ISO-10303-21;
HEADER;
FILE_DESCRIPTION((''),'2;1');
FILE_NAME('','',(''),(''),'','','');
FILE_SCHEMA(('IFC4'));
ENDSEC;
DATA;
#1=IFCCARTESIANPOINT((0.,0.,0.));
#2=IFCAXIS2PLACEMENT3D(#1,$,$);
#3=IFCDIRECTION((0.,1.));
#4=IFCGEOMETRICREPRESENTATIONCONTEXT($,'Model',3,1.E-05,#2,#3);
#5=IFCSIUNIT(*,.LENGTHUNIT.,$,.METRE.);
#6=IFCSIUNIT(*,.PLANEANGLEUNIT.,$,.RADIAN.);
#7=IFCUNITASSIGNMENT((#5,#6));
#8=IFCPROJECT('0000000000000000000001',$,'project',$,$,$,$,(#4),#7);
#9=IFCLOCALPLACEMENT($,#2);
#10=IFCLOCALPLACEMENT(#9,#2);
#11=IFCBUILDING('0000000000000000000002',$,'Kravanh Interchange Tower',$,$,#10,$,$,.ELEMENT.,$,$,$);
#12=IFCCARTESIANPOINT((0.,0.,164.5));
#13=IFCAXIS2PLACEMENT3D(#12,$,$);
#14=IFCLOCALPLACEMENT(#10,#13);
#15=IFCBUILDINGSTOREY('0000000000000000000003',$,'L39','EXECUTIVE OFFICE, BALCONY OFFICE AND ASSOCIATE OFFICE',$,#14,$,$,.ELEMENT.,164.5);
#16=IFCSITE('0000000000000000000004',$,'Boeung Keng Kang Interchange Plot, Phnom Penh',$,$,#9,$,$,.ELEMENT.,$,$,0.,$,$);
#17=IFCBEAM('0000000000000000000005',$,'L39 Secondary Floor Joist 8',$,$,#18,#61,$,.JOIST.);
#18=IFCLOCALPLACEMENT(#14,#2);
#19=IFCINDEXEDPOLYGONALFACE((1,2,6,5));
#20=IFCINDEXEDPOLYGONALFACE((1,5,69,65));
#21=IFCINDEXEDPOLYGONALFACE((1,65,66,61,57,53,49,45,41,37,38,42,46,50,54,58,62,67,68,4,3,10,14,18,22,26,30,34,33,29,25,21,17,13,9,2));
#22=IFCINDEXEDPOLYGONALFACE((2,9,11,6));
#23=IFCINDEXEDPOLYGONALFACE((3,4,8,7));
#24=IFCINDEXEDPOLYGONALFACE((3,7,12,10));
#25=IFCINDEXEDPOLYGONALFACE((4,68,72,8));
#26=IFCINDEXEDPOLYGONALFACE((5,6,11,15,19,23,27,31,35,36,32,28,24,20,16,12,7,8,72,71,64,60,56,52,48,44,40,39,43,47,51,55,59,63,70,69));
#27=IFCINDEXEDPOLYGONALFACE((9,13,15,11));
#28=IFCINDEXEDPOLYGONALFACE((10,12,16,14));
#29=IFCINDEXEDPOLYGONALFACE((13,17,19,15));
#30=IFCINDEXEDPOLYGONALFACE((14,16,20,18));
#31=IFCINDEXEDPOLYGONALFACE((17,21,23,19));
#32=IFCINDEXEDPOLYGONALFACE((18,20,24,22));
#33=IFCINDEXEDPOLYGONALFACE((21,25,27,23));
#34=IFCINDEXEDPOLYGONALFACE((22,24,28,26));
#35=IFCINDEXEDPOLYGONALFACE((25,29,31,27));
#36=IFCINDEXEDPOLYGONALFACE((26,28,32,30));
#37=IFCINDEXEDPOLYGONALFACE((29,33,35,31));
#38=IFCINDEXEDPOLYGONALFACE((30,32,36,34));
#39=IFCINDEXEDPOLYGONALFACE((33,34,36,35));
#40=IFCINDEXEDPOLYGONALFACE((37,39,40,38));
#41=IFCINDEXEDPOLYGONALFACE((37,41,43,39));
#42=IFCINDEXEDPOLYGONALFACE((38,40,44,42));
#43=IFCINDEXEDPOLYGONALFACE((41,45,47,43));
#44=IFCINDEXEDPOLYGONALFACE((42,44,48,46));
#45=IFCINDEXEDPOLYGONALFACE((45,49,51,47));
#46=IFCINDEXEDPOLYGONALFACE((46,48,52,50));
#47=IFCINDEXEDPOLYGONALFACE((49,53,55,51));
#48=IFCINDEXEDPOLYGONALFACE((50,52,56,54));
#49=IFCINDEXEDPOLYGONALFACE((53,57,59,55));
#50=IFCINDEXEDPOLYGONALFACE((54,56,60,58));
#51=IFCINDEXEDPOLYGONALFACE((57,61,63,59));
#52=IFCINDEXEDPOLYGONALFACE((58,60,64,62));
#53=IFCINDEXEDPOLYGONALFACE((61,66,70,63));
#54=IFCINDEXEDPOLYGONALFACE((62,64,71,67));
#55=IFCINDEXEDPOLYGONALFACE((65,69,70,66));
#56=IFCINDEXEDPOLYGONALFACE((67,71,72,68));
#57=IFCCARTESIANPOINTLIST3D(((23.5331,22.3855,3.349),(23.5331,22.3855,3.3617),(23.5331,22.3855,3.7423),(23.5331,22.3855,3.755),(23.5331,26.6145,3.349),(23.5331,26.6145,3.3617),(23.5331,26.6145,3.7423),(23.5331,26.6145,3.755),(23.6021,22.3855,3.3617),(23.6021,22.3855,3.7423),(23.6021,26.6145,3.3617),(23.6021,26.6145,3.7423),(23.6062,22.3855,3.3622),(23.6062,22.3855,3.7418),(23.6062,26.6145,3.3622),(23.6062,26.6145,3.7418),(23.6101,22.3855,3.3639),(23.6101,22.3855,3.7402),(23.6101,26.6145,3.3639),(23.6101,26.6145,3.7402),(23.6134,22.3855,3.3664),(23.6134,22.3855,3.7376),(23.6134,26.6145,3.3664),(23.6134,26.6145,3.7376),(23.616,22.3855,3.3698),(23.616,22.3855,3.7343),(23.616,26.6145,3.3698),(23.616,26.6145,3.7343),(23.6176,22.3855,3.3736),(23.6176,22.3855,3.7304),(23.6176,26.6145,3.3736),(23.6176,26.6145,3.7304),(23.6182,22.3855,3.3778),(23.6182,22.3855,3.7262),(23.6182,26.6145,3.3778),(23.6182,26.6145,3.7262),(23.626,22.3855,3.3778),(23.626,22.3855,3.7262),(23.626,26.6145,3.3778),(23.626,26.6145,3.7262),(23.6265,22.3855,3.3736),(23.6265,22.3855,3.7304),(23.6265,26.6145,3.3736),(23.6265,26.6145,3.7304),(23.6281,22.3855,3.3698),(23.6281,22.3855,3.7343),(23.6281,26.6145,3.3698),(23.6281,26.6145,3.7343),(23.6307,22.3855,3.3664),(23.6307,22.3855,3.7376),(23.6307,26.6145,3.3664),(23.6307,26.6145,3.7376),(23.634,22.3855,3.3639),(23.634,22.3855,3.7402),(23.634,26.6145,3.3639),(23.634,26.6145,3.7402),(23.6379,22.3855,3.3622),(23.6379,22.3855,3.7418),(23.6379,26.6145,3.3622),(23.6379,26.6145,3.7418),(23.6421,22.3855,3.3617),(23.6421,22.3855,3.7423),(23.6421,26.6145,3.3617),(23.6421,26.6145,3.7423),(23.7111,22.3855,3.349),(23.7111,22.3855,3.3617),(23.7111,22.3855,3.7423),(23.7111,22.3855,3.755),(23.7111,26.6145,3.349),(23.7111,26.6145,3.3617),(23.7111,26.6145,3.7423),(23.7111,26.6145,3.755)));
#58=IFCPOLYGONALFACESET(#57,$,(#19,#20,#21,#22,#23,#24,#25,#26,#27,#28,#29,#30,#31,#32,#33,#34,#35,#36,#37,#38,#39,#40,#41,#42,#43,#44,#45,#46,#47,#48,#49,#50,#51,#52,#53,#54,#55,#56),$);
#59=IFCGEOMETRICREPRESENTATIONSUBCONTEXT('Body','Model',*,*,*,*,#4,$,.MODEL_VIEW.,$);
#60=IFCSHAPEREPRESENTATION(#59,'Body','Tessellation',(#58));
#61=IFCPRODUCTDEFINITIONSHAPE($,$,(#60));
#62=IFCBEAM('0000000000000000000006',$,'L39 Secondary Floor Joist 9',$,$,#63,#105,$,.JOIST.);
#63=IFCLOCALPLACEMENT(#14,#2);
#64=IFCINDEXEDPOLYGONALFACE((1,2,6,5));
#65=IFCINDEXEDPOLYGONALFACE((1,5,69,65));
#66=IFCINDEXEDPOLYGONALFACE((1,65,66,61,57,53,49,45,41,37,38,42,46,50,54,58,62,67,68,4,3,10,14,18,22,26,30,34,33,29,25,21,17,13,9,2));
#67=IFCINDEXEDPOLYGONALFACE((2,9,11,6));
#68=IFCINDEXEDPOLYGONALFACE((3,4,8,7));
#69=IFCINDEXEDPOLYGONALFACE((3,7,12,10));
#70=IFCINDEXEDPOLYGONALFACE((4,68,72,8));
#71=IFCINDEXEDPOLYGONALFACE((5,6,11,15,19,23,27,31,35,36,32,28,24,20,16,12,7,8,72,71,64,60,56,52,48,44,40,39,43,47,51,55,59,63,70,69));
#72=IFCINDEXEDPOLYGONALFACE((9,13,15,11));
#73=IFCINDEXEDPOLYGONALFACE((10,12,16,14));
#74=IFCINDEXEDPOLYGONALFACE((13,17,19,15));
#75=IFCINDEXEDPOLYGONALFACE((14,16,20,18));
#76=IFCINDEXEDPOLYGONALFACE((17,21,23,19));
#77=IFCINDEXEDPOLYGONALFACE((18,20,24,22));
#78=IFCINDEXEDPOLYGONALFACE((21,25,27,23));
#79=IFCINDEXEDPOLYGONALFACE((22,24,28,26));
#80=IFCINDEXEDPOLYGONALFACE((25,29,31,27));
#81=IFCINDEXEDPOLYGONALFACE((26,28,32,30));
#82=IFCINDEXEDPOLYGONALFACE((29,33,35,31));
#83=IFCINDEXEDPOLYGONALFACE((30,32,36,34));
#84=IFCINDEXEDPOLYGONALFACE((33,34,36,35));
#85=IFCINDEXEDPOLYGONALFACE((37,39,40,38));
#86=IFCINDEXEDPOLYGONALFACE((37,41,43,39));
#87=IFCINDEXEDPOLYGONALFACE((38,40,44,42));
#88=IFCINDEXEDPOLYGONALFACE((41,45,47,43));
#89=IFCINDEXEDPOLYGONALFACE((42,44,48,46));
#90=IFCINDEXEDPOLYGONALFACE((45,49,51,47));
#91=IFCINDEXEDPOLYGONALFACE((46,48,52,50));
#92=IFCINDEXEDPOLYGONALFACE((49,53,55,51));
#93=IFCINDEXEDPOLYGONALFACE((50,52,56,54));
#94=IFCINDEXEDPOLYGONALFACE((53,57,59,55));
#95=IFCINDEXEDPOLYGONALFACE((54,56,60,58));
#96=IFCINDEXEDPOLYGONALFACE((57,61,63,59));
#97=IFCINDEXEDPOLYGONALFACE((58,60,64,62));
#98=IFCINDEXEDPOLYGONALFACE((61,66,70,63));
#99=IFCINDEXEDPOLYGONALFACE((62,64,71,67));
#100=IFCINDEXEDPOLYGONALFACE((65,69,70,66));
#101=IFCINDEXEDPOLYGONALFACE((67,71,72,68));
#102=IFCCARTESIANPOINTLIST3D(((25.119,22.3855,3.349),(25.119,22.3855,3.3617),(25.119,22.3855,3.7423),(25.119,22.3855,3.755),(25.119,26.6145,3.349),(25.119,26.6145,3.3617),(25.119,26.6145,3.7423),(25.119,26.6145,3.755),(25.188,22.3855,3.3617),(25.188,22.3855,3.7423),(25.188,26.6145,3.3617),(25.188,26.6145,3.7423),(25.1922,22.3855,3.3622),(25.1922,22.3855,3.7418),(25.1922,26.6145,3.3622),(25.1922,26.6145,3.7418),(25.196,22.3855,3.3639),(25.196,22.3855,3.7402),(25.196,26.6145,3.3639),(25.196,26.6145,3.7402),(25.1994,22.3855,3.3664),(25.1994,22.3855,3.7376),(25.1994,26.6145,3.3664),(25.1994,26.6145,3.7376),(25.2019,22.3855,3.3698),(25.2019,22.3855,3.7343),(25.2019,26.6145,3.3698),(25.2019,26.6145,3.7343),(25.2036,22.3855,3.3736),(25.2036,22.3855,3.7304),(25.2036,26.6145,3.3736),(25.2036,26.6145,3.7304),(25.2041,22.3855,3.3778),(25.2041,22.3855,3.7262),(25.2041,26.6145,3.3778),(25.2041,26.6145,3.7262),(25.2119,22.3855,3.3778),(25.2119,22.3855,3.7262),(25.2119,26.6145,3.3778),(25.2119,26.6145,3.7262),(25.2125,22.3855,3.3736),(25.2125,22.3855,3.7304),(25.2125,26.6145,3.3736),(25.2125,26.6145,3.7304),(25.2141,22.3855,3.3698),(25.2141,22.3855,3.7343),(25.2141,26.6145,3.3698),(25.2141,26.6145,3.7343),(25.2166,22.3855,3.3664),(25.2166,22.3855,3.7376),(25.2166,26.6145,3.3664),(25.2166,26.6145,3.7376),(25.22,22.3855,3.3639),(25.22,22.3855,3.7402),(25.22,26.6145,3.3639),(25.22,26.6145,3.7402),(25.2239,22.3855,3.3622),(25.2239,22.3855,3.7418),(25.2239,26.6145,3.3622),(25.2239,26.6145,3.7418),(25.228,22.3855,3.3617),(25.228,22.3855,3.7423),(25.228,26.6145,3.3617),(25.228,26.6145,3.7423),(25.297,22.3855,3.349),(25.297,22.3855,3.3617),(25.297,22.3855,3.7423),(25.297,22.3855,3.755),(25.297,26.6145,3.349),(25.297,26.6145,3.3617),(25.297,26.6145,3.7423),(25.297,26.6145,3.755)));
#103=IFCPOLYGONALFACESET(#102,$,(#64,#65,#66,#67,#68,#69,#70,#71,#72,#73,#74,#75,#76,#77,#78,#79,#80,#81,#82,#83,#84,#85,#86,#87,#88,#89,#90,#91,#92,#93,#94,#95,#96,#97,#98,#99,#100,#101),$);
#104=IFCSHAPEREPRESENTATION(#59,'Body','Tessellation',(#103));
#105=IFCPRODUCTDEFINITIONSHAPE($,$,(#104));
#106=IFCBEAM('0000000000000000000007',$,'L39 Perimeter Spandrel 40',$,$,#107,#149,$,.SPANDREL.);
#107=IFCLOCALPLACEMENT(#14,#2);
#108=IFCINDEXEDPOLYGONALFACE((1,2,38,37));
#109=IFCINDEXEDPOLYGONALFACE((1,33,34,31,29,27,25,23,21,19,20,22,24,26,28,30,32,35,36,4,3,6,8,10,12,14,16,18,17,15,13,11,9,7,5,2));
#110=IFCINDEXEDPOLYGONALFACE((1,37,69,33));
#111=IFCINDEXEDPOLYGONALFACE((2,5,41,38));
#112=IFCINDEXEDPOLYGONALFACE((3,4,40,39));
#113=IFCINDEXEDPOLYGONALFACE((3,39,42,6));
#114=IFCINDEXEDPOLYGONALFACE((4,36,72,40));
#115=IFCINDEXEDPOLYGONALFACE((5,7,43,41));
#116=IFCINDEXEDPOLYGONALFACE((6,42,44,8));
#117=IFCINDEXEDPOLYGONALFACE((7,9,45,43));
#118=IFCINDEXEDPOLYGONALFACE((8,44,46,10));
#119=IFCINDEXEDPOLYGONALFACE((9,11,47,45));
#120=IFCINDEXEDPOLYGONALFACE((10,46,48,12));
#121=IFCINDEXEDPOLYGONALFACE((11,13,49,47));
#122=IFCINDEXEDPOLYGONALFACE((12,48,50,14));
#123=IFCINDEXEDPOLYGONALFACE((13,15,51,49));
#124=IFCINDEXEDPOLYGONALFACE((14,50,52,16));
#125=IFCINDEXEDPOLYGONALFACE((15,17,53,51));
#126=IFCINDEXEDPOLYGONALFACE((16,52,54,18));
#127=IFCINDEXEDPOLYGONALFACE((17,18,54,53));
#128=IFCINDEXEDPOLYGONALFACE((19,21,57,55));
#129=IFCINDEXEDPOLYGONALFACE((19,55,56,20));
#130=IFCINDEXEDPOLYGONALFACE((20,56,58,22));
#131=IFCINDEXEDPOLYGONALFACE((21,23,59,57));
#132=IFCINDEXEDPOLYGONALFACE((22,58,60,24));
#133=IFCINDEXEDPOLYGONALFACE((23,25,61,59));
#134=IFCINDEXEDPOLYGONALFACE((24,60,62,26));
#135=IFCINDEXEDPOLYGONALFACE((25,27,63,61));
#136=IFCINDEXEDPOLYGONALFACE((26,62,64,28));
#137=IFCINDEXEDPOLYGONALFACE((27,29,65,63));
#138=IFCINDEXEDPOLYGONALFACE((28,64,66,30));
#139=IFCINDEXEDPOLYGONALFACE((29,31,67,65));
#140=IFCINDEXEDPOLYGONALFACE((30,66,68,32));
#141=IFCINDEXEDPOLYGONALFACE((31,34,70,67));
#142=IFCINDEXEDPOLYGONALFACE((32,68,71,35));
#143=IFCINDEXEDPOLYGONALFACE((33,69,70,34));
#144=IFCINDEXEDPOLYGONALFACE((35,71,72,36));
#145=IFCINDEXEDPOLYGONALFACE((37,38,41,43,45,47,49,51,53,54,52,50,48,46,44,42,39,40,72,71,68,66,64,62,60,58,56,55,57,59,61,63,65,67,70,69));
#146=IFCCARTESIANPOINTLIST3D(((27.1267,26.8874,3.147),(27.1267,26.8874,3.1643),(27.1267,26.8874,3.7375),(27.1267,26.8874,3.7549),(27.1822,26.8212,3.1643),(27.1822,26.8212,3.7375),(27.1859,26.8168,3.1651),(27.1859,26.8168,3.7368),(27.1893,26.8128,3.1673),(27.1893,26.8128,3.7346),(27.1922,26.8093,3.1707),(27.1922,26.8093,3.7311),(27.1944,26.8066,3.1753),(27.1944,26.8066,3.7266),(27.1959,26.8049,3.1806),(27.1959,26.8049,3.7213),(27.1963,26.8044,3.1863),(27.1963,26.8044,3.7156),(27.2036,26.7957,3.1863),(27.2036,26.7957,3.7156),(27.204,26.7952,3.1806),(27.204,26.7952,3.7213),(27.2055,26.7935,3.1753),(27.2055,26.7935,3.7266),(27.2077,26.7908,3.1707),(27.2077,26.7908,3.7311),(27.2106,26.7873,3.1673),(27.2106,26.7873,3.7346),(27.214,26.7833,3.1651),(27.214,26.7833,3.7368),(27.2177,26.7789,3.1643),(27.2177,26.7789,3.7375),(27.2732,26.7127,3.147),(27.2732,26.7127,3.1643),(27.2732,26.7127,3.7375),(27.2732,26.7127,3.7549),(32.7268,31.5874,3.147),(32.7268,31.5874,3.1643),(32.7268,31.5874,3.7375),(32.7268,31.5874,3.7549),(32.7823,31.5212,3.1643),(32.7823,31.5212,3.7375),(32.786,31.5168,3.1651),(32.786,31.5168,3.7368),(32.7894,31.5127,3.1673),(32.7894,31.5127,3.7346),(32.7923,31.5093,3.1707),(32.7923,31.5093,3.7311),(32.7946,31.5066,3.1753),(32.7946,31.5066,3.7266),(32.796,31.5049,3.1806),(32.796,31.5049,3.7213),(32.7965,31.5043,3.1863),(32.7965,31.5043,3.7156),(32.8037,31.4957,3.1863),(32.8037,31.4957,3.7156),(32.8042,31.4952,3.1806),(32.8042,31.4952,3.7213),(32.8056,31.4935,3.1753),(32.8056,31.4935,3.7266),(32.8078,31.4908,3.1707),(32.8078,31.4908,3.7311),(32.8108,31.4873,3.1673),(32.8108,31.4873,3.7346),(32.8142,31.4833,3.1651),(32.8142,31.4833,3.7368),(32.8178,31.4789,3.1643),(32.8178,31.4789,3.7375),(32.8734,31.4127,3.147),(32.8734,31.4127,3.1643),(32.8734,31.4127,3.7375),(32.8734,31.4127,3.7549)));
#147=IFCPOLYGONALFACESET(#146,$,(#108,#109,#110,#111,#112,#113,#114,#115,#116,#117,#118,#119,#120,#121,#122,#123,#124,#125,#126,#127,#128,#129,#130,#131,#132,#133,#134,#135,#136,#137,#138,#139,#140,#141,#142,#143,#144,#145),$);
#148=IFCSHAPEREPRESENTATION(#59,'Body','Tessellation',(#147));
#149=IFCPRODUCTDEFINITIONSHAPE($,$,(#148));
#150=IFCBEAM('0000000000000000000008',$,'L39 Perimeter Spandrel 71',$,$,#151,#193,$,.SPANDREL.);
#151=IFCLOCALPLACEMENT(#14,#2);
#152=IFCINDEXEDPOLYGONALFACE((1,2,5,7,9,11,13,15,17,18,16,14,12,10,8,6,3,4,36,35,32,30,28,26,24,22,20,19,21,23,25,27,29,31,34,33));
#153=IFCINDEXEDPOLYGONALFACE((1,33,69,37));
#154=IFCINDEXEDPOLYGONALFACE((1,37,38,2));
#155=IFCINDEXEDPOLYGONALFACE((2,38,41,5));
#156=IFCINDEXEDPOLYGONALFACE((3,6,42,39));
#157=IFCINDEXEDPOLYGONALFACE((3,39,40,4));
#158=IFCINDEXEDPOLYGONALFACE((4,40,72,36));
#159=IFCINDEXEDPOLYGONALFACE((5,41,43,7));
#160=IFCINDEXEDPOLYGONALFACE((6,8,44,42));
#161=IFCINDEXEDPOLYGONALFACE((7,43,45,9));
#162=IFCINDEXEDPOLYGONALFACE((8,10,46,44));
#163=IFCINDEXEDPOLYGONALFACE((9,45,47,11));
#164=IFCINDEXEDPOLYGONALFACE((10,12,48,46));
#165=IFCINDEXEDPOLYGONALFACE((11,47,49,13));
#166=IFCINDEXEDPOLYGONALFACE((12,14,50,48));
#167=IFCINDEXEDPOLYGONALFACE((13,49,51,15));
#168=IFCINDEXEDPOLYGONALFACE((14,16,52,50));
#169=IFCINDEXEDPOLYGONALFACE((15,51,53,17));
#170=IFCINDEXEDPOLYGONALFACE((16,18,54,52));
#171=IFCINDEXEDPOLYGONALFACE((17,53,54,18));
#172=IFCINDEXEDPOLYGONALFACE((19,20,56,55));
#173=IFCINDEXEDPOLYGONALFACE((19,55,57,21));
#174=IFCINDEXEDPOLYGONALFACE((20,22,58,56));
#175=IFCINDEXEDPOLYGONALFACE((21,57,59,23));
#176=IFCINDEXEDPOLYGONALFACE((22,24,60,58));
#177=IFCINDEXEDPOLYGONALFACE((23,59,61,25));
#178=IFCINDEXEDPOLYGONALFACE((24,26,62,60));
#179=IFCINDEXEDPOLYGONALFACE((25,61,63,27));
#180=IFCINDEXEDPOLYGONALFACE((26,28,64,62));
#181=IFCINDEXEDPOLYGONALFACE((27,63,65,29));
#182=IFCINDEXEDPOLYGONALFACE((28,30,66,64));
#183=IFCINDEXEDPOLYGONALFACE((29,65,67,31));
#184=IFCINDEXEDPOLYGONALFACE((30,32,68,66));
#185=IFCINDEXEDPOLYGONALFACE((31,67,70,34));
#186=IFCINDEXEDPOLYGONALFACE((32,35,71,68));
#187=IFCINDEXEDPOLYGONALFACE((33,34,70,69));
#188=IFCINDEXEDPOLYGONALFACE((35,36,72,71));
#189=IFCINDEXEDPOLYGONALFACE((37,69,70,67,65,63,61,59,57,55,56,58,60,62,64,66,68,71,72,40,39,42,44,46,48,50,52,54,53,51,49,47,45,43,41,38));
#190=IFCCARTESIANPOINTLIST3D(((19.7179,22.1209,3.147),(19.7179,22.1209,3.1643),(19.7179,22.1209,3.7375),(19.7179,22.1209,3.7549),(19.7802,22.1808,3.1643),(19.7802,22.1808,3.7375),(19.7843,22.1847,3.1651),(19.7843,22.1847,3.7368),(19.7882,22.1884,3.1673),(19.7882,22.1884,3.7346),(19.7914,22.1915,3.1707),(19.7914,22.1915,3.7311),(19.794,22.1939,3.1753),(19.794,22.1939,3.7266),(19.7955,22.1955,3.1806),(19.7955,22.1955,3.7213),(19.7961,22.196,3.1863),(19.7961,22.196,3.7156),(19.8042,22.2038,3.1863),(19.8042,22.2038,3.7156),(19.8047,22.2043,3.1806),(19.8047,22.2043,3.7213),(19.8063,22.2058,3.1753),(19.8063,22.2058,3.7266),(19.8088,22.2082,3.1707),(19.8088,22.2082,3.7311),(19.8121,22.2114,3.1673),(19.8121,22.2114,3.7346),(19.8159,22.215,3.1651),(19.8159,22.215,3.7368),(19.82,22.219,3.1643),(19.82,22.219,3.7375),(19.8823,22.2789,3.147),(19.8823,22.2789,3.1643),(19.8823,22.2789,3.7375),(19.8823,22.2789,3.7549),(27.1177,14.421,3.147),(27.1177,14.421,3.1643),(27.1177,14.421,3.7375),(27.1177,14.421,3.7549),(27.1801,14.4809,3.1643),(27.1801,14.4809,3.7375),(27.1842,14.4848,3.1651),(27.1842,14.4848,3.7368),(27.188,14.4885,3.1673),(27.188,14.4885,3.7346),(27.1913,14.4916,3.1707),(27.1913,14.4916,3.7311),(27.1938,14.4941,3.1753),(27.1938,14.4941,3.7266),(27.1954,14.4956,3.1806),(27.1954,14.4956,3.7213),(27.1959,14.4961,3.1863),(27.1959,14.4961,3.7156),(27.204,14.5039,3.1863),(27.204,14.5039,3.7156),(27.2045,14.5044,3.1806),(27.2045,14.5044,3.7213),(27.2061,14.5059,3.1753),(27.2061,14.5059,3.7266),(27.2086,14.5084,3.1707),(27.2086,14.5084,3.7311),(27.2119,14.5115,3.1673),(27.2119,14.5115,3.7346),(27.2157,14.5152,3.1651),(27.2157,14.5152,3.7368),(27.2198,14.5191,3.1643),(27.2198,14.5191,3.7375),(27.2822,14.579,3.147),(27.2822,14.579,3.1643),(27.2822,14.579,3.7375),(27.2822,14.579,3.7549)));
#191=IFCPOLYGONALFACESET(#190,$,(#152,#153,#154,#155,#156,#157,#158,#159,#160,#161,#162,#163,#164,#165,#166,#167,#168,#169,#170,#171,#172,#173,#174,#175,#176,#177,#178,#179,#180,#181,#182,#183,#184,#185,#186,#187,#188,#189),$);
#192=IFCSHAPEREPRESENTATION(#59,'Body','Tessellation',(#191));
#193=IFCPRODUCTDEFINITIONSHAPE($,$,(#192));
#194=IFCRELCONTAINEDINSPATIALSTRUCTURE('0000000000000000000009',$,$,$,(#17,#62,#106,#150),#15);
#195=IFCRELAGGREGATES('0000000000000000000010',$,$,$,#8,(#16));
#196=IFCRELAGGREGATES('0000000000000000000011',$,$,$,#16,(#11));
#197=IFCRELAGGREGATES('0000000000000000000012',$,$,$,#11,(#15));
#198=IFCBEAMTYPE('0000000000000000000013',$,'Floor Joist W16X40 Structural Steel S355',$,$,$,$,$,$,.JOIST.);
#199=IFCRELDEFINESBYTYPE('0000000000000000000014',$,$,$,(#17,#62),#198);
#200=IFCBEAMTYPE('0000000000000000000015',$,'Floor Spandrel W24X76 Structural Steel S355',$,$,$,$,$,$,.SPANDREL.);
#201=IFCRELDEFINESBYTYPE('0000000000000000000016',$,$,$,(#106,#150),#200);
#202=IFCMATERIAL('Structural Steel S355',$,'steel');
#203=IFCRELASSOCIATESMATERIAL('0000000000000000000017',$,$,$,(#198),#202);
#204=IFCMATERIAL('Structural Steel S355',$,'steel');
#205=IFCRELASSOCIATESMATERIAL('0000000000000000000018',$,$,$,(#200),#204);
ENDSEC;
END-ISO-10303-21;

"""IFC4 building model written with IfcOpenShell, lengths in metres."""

from ifc_helpers import new_model, si_unit, direction, frame, origin, origin_2d, place, context, subcontext, project, spatial, i_section, extrude, material, material_profile, profile_set, type_object, element, save


model = new_model("IFC4")

# Units and contexts
model_context = context("Model", 3, precision=1e-05, world=origin(), true_north=direction((0.0, 1.0)))
body_context = subcontext(model_context, "Body", "Model", "MODEL_VIEW")
ifc_project = project(units=[si_unit("LENGTHUNIT", "METRE"), si_unit("PLANEANGLEUNIT", "RADIAN")], contexts=[model_context])

# Site, building, storey
site_placement = place(None, origin())
site = spatial("IfcSite", under=ifc_project, at=site_placement, Name="Boeung Keng Kang Interchange Plot, Phnom Penh", CompositionType="ELEMENT", RefElevation=0.0)
building_placement = place(site_placement, origin())
building = spatial("IfcBuilding", under=site, at=building_placement, Name="Kravanh Interchange Tower", CompositionType="ELEMENT")
storey_placement = place(building_placement, frame((0.0, 0.0, 164.5)))
storey = spatial("IfcBuildingStorey", under=building, at=storey_placement, Name="L39", Description="EXECUTIVE OFFICE, BALCONY OFFICE AND ASSOCIATE OFFICE", CompositionType="ELEMENT", Elevation=164.5)

# Beams
ifc_material_1 = material(Name="Structural Steel S355", Category="steel")
ifc_material_profile_1 = material_profile(ifc_material_1, i_section(OverallWidth=0.178, OverallDepth=0.406, WebThickness=0.0078, FlangeThickness=0.0127, FilletRadius=0.0161, at=origin_2d()), Name="W16X40")
ifc_profile_set_1 = profile_set([ifc_material_profile_1], Name="Structural Steel S355")
beam_type_1 = type_object("IfcBeamType", Name="Floor Joist W16X40 Structural Steel S355", PredefinedType="JOIST", material=ifc_profile_set_1)
for number, where, z_axis, x_axis, name in (
    (1, (23.6221, 22.3855, 3.552), (0.0, 1.0, 0.0), (-1.0, 0.0, 0.0), "L39 Secondary Floor Joist 8"),
    (2, (25.208, 22.3855, 3.552), (0.0, 1.0, 0.0), (-1.0, 0.0, 0.0), "L39 Secondary Floor Joist 9"),
):
    element("IfcBeam", number, at=place(storey_placement, frame(where, z_axis=z_axis, x_axis=x_axis)), inside=storey, type_object=beam_type_1, Name=name, PredefinedType="JOIST", context=body_context, shape_type="SweptSolid", body=[
        extrude(i_section(OverallWidth=0.178, OverallDepth=0.406, WebThickness=0.0078, FlangeThickness=0.0127, FilletRadius=0.0161, at=origin_2d()), origin(), (0.0, 0.0, 1.0), 4.229),
    ])
ifc_material_2 = material(Name="Structural Steel S355", Category="steel")
ifc_material_profile_2 = material_profile(ifc_material_2, i_section(OverallWidth=0.228, OverallDepth=0.6079, WebThickness=0.0112, FlangeThickness=0.0173, FilletRadius=0.022, at=origin_2d()), Name="W24X76")
ifc_profile_set_2 = profile_set([ifc_material_profile_2], Name="Structural Steel S355")
beam_type_2 = type_object("IfcBeamType", Name="Floor Spandrel W24X76 Structural Steel S355", PredefinedType="SPANDREL", material=ifc_profile_set_2)
beam_1_placement = place(storey_placement, frame((27.2, 26.8, 3.4509), z_axis=(0.765983, 0.642861, 0.0), x_axis=(-0.642861, 0.765983, 0.0)))
element("IfcBeam", 3, at=beam_1_placement, inside=storey, type_object=beam_type_2, Name="L39 Perimeter Spandrel 40", PredefinedType="SPANDREL", context=body_context, shape_type="SweptSolid", body=[
    extrude(i_section(OverallWidth=0.228, OverallDepth=0.6079, WebThickness=0.0112, FlangeThickness=0.0173, FilletRadius=0.022, at=origin_2d()), origin(), (0.0, 0.0, 1.0), 7.311),
])
beam_2_placement = place(storey_placement, frame((27.2, 14.5, 3.4509), z_axis=(-0.692919, 0.721015, 0.0), x_axis=(-0.721015, -0.692919, 0.0)))
element("IfcBeam", 4, at=beam_2_placement, inside=storey, type_object=beam_type_2, Name="L39 Perimeter Spandrel 71", PredefinedType="SPANDREL", context=body_context, shape_type="SweptSolid", body=[
    extrude(i_section(OverallWidth=0.228, OverallDepth=0.6079, WebThickness=0.0112, FlangeThickness=0.0173, FilletRadius=0.022, at=origin_2d()), origin(), (0.0, 0.0, 1.0), 10.6792),
])

save(model, "model.ifc")
